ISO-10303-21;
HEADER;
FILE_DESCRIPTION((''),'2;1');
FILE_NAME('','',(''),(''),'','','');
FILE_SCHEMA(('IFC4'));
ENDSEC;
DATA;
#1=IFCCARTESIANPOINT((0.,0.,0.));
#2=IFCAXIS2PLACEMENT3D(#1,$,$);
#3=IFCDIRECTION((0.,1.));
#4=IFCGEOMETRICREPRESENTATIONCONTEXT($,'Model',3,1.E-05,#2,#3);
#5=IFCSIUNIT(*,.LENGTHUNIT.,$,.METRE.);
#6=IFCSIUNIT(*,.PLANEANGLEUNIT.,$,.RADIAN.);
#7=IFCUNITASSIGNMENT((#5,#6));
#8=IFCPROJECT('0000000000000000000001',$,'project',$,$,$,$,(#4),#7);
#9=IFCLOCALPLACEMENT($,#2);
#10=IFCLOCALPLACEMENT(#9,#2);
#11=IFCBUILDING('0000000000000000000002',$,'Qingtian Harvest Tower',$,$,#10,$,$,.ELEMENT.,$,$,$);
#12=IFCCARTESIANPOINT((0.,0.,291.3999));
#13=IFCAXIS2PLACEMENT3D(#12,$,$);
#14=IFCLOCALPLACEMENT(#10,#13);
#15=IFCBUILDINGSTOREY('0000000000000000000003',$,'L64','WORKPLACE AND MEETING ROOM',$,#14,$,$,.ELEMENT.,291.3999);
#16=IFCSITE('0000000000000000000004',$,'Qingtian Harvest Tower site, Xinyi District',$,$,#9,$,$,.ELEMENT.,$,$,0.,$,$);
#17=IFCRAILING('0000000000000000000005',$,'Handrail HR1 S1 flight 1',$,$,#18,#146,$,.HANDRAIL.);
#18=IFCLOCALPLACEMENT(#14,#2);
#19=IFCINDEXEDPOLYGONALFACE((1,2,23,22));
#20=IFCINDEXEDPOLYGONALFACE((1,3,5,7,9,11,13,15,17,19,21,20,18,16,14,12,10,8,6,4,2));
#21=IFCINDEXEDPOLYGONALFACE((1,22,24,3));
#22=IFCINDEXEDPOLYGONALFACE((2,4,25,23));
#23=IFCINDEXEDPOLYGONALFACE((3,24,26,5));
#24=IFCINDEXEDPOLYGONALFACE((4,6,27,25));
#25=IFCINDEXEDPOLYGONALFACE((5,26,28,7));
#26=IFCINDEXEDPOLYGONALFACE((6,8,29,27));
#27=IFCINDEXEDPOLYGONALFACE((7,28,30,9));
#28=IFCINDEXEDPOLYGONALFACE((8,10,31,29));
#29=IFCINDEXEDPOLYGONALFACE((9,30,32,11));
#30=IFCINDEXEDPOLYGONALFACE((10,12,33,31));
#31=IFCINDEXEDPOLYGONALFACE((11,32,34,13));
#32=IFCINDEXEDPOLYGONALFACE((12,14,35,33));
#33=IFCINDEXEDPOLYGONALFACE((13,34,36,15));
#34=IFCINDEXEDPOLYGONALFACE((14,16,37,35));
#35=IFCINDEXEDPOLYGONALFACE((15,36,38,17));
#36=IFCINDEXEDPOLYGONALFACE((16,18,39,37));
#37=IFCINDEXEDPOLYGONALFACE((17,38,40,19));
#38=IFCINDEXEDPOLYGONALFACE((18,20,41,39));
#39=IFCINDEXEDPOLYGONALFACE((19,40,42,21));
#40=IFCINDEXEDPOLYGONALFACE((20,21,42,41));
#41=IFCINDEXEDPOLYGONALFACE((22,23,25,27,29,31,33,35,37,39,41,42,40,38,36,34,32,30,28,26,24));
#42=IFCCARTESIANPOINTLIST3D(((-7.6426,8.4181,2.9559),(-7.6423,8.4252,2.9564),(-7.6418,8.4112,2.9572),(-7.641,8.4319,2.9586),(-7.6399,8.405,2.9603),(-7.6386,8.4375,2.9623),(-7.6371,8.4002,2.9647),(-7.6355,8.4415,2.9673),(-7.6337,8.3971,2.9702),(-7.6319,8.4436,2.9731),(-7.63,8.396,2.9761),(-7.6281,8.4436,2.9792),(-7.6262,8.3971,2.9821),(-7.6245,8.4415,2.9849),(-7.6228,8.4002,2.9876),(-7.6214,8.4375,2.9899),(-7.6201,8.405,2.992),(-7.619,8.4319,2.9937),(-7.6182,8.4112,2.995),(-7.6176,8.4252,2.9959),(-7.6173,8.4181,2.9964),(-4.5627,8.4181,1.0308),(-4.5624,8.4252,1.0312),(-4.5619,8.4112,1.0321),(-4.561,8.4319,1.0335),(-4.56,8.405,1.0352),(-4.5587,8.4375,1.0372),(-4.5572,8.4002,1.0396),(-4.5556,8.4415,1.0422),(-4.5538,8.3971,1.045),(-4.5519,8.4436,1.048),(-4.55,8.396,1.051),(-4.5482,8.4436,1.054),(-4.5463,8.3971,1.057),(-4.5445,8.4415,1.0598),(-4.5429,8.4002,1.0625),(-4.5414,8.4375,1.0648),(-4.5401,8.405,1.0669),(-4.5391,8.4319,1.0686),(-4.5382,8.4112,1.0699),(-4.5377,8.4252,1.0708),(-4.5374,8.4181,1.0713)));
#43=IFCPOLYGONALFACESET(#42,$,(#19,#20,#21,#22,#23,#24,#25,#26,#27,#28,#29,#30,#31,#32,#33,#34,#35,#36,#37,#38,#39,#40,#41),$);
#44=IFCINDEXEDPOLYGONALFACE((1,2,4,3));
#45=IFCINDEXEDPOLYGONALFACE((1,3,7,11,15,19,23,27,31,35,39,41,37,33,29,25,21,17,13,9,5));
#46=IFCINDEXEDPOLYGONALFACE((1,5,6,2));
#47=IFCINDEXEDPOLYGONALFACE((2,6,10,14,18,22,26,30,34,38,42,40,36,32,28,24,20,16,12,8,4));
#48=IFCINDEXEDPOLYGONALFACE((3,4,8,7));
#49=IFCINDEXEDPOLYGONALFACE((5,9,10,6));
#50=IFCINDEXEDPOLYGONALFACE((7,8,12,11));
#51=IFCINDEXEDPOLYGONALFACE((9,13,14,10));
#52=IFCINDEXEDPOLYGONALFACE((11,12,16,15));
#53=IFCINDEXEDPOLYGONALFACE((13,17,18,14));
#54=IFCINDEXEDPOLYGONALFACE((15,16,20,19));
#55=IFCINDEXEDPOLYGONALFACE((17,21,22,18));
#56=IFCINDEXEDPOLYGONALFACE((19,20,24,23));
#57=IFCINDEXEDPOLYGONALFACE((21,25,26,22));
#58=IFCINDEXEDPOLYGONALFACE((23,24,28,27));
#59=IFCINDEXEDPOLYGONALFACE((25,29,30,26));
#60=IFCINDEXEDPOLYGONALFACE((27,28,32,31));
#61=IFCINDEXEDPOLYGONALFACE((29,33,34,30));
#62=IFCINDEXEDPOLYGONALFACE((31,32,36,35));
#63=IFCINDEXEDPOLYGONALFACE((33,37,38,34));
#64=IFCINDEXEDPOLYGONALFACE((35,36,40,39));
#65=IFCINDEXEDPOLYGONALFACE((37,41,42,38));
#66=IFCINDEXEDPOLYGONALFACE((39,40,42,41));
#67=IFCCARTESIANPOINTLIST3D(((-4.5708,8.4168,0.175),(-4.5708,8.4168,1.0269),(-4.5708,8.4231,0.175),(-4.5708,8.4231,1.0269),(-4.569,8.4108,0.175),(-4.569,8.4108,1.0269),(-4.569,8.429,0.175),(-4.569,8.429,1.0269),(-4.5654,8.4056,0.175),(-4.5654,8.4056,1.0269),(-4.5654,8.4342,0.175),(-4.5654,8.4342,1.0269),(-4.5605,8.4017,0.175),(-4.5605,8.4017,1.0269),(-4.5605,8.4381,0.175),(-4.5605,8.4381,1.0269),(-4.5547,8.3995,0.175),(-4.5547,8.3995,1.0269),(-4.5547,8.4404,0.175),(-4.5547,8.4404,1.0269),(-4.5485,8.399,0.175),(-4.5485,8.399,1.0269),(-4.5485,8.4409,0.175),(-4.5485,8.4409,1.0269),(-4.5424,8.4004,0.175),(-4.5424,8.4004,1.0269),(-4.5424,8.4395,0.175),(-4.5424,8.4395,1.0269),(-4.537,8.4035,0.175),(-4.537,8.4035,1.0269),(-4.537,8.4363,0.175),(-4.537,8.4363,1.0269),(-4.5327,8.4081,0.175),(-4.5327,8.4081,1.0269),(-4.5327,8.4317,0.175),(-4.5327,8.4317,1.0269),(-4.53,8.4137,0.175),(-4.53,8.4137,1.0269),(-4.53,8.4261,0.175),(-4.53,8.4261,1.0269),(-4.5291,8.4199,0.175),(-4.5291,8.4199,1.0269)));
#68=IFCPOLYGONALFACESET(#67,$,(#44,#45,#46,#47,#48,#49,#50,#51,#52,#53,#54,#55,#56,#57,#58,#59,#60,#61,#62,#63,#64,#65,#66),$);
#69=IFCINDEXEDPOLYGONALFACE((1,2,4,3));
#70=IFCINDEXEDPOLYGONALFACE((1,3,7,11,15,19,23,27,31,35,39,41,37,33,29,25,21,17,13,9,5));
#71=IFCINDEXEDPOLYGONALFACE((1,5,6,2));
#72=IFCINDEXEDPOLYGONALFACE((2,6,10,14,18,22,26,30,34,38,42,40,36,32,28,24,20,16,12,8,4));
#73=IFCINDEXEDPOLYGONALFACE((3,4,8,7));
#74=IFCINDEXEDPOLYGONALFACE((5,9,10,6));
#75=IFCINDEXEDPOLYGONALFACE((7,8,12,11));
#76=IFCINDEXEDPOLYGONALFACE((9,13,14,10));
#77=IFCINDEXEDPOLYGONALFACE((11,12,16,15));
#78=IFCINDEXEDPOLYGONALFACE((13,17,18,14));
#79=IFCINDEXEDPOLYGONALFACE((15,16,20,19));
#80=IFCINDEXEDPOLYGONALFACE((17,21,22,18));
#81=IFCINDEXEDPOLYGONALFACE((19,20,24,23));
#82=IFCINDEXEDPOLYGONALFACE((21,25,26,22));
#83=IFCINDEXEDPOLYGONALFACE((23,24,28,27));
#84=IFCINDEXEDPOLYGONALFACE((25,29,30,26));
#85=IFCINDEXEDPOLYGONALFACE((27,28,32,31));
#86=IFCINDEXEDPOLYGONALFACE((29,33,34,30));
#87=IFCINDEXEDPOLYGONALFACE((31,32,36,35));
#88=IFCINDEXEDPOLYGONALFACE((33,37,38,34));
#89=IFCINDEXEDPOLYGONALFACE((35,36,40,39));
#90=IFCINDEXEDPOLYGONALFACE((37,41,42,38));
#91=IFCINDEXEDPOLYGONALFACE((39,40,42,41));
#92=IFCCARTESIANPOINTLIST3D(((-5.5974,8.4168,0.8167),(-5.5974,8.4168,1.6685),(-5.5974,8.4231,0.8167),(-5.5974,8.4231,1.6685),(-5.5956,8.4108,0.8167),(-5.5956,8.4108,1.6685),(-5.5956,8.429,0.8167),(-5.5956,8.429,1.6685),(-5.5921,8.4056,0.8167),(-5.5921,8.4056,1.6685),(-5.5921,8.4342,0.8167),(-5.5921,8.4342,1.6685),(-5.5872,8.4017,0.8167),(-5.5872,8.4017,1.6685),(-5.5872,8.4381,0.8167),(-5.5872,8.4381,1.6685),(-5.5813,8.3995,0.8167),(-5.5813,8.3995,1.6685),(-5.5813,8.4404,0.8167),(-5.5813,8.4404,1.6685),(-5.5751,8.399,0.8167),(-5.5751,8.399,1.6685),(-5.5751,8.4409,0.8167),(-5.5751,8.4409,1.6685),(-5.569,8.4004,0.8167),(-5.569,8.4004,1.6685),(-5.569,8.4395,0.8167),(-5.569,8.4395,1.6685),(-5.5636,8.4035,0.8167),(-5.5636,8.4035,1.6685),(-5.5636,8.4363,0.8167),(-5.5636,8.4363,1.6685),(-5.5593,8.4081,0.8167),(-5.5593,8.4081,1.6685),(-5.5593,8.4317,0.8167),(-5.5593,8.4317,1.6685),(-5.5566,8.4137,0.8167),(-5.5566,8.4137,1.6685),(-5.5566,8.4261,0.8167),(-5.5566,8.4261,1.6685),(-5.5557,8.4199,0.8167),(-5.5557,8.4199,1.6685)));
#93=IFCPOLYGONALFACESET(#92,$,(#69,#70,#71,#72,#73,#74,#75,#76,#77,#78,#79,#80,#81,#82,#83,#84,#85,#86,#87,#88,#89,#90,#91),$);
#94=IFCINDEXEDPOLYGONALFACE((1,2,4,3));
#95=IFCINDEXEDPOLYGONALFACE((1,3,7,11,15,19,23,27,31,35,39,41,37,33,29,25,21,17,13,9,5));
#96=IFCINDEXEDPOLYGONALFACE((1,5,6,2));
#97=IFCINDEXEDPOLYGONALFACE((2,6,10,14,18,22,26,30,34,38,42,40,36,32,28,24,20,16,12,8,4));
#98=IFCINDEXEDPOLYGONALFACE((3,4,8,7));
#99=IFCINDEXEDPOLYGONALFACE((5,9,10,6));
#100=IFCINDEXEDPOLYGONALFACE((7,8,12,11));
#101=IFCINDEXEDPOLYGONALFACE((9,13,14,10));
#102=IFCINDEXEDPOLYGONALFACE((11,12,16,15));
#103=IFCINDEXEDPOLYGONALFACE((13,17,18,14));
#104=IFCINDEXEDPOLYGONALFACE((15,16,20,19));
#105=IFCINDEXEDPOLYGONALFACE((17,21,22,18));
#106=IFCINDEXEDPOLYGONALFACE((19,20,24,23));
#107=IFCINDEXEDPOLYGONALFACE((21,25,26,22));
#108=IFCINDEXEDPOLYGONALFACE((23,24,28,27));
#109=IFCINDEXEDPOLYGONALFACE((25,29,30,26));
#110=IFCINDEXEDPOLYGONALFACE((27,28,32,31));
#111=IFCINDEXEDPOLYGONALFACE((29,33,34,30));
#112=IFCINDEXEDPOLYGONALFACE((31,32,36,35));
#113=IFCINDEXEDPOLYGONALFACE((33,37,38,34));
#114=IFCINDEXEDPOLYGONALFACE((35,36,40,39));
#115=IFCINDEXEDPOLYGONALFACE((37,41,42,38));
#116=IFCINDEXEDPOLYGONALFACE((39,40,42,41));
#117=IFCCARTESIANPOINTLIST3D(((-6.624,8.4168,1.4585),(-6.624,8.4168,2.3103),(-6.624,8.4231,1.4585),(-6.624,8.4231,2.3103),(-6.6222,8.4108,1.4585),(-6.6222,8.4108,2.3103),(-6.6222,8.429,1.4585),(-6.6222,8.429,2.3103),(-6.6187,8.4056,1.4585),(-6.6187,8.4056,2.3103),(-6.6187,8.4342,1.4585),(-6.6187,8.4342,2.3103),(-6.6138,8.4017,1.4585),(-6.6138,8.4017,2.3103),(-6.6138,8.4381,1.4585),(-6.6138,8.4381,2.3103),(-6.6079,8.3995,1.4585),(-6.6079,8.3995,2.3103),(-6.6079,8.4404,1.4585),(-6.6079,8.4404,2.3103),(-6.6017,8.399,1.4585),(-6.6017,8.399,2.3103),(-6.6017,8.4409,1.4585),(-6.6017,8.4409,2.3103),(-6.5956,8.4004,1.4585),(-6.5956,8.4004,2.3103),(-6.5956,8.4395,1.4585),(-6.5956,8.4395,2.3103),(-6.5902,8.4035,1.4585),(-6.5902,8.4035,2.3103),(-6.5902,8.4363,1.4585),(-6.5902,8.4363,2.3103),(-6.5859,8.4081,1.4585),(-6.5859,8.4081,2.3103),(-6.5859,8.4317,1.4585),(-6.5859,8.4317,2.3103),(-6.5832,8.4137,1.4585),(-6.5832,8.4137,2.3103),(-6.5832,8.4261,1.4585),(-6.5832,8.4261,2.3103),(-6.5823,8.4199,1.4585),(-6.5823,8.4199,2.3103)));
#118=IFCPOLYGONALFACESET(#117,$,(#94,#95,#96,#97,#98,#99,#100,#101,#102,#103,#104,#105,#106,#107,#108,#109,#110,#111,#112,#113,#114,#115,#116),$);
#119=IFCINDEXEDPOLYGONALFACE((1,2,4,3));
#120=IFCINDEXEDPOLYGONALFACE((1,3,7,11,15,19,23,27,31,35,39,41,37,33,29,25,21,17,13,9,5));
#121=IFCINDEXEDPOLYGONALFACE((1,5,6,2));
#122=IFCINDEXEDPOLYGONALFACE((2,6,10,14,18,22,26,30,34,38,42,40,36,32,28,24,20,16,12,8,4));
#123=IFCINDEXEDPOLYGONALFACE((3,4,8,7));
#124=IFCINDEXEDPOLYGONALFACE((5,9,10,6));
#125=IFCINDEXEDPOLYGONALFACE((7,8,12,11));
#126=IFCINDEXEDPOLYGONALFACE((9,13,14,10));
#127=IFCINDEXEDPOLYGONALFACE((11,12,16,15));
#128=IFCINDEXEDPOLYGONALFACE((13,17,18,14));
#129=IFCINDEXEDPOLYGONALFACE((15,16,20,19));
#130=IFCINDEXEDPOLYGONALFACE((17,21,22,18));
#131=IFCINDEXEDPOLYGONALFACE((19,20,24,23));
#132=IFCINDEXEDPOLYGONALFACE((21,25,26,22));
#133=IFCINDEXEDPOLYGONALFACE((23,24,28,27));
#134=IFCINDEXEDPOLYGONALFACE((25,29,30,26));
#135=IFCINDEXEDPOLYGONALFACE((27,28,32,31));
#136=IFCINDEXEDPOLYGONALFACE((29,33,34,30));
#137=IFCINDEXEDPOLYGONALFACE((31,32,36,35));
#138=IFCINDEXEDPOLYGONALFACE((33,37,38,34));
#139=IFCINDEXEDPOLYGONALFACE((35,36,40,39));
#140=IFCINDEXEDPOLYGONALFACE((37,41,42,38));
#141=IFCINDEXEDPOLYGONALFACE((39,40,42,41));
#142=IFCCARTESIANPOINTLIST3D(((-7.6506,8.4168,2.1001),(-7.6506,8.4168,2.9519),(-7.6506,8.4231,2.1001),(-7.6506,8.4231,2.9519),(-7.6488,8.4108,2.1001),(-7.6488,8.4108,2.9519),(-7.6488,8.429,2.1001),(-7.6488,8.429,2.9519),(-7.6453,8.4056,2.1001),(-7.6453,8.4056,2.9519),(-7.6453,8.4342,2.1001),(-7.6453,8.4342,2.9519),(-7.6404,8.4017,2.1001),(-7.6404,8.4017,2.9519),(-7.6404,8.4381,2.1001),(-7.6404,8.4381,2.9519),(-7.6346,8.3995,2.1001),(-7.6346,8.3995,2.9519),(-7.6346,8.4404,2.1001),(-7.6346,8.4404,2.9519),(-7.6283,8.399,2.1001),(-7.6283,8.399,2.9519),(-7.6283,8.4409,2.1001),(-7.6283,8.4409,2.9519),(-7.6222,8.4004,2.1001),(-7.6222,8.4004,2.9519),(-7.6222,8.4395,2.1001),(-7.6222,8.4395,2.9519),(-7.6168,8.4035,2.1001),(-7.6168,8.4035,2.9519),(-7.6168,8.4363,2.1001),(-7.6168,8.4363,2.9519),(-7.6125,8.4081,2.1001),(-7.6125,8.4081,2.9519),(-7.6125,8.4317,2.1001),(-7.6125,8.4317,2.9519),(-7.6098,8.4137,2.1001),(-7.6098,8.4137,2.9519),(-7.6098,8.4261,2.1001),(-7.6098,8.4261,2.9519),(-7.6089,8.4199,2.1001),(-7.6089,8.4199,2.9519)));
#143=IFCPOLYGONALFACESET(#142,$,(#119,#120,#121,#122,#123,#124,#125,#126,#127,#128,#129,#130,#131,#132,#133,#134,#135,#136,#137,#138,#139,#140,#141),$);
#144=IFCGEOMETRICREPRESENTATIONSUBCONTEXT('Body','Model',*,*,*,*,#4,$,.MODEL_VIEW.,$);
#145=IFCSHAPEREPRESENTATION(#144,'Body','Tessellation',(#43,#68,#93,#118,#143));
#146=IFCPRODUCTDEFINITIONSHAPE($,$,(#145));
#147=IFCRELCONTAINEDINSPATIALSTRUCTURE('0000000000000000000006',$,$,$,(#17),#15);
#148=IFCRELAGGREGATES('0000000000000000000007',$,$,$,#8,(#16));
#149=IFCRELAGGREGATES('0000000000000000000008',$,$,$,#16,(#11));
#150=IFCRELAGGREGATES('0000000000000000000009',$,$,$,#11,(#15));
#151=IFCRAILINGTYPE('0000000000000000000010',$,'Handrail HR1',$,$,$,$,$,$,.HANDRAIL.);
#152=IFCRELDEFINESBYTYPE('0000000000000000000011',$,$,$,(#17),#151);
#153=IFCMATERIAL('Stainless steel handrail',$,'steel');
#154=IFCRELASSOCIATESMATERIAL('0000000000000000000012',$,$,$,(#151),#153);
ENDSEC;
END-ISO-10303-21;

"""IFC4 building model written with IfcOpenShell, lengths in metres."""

from ifc_helpers import new_model, si_unit, direction, frame, origin, origin_2d, place, context, subcontext, project, spatial, circle, extrude, material, type_object, element, save


model = new_model("IFC4")

# Units and contexts
model_context = context("Model", 3, precision=1e-05, world=origin(), true_north=direction((0.0, 1.0)))
body_context = subcontext(model_context, "Body", "Model", "MODEL_VIEW")
ifc_project = project(units=[si_unit("LENGTHUNIT", "METRE"), si_unit("PLANEANGLEUNIT", "RADIAN")], contexts=[model_context])

# Site, building, storey
site_placement = place(None, origin())
site = spatial("IfcSite", under=ifc_project, at=site_placement, Name="Qingtian Harvest Tower site, Xinyi District", CompositionType="ELEMENT", RefElevation=0.0)
building_placement = place(site_placement, origin())
building = spatial("IfcBuilding", under=site, at=building_placement, Name="Qingtian Harvest Tower", CompositionType="ELEMENT")
storey_placement = place(building_placement, frame((0.0, 0.0, 291.3999)))
storey = spatial("IfcBuildingStorey", under=building, at=storey_placement, Name="L64", Description="WORKPLACE AND MEETING ROOM", CompositionType="ELEMENT", Elevation=291.3999)

# Railing
ifc_material_1 = material(Name="Stainless steel handrail", Category="steel")
railing_type = type_object("IfcRailingType", Name="Handrail HR1", PredefinedType="HANDRAIL", material=ifc_material_1)
railing_1_placement = place(storey_placement, frame((-4.55, 8.4199, 0.175)))
element("IfcRailing", 1, at=railing_1_placement, inside=storey, type_object=railing_type, Name="Handrail HR1 S1 flight 1", PredefinedType="HANDRAIL", context=body_context, shape_type="SweptSolid", body=[
    extrude(circle(Radius=0.0239, at=origin_2d()), frame((0.0, 0.0, 0.876), z_axis=(-0.847979, 0.0, 0.530029), x_axis=(0.0, -1.0, 0.0)), (0.0, 0.0, 1.0), 3.6321),
    extrude(circle(Radius=0.021, at=origin_2d()), origin(), (0.0, 0.0, 1.0), 0.8518),
    extrude(circle(Radius=0.021, at=origin_2d()), frame((-1.0266, 0.0, 0.6416)), (0.0, 0.0, 1.0), 0.8518),
    extrude(circle(Radius=0.021, at=origin_2d()), frame((-2.0532, 0.0, 1.2834)), (0.0, 0.0, 1.0), 0.8518),
    extrude(circle(Radius=0.021, at=origin_2d()), frame((-3.0798, 0.0, 1.925)), (0.0, 0.0, 1.0), 0.8518),
])

save(model, "model.ifc")
